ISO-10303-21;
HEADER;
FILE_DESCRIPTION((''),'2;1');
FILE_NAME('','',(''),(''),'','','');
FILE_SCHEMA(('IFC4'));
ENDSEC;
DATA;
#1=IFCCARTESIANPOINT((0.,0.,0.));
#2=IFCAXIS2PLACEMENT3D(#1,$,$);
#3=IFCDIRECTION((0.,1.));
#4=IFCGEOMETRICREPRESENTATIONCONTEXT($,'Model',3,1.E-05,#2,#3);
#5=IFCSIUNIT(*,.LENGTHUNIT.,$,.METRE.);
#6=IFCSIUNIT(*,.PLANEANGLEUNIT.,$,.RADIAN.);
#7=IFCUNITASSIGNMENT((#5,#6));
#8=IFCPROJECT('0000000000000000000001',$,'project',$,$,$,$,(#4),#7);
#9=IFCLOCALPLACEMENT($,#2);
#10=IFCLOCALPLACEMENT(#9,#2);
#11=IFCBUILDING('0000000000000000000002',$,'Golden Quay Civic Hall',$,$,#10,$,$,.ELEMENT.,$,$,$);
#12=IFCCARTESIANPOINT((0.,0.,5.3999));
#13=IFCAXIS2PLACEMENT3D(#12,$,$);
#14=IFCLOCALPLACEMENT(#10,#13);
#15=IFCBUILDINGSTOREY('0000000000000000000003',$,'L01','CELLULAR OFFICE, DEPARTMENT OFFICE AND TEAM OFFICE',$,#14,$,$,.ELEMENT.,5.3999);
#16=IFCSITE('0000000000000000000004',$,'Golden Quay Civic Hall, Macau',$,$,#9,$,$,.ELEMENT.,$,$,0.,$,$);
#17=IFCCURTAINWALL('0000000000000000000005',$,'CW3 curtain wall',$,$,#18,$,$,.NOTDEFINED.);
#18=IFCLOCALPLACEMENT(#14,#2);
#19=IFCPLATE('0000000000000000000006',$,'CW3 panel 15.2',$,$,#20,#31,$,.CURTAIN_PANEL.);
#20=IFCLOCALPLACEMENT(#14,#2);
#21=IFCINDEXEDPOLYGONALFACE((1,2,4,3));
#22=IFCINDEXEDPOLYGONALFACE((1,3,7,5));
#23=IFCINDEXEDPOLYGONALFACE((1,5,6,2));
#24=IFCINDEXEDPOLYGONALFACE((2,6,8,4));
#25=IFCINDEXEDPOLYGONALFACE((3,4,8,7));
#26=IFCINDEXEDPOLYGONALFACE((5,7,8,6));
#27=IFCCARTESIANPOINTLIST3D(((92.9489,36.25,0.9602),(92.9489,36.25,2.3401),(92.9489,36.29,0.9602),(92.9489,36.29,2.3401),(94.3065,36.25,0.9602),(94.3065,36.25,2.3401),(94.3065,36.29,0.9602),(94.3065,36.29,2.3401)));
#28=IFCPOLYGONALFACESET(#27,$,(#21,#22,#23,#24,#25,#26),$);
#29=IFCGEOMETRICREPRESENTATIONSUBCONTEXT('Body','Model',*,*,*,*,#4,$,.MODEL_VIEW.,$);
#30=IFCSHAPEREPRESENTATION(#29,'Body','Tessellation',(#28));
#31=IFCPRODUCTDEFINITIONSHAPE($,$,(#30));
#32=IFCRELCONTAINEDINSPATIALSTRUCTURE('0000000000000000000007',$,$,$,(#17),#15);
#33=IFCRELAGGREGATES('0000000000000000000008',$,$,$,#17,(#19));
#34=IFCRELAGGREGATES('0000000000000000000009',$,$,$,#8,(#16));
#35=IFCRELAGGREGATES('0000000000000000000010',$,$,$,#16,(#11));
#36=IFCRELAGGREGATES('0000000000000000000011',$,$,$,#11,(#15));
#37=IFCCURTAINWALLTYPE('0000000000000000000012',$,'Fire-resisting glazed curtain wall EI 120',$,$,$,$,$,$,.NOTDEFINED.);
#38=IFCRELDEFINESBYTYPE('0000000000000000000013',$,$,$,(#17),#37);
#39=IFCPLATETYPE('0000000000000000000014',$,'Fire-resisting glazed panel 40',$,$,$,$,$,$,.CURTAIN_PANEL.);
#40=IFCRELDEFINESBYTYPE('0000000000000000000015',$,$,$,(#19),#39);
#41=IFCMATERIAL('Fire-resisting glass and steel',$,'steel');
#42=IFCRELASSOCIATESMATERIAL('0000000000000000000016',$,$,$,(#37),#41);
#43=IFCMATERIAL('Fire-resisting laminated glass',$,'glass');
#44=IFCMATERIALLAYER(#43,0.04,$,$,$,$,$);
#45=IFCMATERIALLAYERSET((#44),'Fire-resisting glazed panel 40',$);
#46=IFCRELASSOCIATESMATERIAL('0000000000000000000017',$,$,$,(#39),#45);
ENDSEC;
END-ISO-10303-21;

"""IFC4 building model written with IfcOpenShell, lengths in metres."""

from ifc_helpers import new_model, si_unit, direction, frame, origin, origin_2d, place, context, subcontext, project, spatial, rectangle, extrude, material, layer, layer_set, type_object, element, aggregate, save


model = new_model("IFC4")

# Units and contexts
model_context = context("Model", 3, precision=1e-05, world=origin(), true_north=direction((0.0, 1.0)))
body_context = subcontext(model_context, "Body", "Model", "MODEL_VIEW")
ifc_project = project(units=[si_unit("LENGTHUNIT", "METRE"), si_unit("PLANEANGLEUNIT", "RADIAN")], contexts=[model_context])

# Site, building, storey
site_placement = place(None, origin())
site = spatial("IfcSite", under=ifc_project, at=site_placement, Name="Golden Quay Civic Hall, Macau", CompositionType="ELEMENT", RefElevation=0.0)
building_placement = place(site_placement, origin())
building = spatial("IfcBuilding", under=site, at=building_placement, Name="Golden Quay Civic Hall", CompositionType="ELEMENT")
storey_placement = place(building_placement, frame((0.0, 0.0, 5.3999)))
storey = spatial("IfcBuildingStorey", under=building, at=storey_placement, Name="L01", Description="CELLULAR OFFICE, DEPARTMENT OFFICE AND TEAM OFFICE", CompositionType="ELEMENT", Elevation=5.3999)

# Curtain wall, plate
ifc_material_1 = material(Name="Fire-resisting glass and steel", Category="steel")
curtain_wall_type = type_object("IfcCurtainWallType", Name="Fire-resisting glazed curtain wall EI 120", PredefinedType="NOTDEFINED", material=ifc_material_1)
curtain_wall_placement = place(storey_placement, origin())
curtain_wall = element("IfcCurtainWall", 1, at=curtain_wall_placement, inside=storey, type_object=curtain_wall_type, Name="CW3 curtain wall", PredefinedType="NOTDEFINED")
ifc_material_2 = material(Name="Fire-resisting laminated glass", Category="glass")
ifc_layer = layer(ifc_material_2, 0.04)
ifc_layer_set = layer_set([ifc_layer], Name="Fire-resisting glazed panel 40")
plate_type = type_object("IfcPlateType", Name="Fire-resisting glazed panel 40", PredefinedType="CURTAIN_PANEL", material=ifc_layer_set)
plate_1_placement = place(storey_placement, frame((93.6277, 36.27, 0.9602), z_axis=(0.0, 0.0, 1.0), x_axis=(1.0, 0.0, 0.0)))
plate_1 = element("IfcPlate", 2, at=plate_1_placement, type_object=plate_type, Name="CW3 panel 15.2", PredefinedType="CURTAIN_PANEL", context=body_context, shape_type="SweptSolid", body=[
    extrude(rectangle(XDim=1.3577, YDim=0.04, at=origin_2d()), origin(), (0.0, 0.0, 1.0), 1.3799),
])
aggregate(curtain_wall, [plate_1])

save(model, "model.ifc")
